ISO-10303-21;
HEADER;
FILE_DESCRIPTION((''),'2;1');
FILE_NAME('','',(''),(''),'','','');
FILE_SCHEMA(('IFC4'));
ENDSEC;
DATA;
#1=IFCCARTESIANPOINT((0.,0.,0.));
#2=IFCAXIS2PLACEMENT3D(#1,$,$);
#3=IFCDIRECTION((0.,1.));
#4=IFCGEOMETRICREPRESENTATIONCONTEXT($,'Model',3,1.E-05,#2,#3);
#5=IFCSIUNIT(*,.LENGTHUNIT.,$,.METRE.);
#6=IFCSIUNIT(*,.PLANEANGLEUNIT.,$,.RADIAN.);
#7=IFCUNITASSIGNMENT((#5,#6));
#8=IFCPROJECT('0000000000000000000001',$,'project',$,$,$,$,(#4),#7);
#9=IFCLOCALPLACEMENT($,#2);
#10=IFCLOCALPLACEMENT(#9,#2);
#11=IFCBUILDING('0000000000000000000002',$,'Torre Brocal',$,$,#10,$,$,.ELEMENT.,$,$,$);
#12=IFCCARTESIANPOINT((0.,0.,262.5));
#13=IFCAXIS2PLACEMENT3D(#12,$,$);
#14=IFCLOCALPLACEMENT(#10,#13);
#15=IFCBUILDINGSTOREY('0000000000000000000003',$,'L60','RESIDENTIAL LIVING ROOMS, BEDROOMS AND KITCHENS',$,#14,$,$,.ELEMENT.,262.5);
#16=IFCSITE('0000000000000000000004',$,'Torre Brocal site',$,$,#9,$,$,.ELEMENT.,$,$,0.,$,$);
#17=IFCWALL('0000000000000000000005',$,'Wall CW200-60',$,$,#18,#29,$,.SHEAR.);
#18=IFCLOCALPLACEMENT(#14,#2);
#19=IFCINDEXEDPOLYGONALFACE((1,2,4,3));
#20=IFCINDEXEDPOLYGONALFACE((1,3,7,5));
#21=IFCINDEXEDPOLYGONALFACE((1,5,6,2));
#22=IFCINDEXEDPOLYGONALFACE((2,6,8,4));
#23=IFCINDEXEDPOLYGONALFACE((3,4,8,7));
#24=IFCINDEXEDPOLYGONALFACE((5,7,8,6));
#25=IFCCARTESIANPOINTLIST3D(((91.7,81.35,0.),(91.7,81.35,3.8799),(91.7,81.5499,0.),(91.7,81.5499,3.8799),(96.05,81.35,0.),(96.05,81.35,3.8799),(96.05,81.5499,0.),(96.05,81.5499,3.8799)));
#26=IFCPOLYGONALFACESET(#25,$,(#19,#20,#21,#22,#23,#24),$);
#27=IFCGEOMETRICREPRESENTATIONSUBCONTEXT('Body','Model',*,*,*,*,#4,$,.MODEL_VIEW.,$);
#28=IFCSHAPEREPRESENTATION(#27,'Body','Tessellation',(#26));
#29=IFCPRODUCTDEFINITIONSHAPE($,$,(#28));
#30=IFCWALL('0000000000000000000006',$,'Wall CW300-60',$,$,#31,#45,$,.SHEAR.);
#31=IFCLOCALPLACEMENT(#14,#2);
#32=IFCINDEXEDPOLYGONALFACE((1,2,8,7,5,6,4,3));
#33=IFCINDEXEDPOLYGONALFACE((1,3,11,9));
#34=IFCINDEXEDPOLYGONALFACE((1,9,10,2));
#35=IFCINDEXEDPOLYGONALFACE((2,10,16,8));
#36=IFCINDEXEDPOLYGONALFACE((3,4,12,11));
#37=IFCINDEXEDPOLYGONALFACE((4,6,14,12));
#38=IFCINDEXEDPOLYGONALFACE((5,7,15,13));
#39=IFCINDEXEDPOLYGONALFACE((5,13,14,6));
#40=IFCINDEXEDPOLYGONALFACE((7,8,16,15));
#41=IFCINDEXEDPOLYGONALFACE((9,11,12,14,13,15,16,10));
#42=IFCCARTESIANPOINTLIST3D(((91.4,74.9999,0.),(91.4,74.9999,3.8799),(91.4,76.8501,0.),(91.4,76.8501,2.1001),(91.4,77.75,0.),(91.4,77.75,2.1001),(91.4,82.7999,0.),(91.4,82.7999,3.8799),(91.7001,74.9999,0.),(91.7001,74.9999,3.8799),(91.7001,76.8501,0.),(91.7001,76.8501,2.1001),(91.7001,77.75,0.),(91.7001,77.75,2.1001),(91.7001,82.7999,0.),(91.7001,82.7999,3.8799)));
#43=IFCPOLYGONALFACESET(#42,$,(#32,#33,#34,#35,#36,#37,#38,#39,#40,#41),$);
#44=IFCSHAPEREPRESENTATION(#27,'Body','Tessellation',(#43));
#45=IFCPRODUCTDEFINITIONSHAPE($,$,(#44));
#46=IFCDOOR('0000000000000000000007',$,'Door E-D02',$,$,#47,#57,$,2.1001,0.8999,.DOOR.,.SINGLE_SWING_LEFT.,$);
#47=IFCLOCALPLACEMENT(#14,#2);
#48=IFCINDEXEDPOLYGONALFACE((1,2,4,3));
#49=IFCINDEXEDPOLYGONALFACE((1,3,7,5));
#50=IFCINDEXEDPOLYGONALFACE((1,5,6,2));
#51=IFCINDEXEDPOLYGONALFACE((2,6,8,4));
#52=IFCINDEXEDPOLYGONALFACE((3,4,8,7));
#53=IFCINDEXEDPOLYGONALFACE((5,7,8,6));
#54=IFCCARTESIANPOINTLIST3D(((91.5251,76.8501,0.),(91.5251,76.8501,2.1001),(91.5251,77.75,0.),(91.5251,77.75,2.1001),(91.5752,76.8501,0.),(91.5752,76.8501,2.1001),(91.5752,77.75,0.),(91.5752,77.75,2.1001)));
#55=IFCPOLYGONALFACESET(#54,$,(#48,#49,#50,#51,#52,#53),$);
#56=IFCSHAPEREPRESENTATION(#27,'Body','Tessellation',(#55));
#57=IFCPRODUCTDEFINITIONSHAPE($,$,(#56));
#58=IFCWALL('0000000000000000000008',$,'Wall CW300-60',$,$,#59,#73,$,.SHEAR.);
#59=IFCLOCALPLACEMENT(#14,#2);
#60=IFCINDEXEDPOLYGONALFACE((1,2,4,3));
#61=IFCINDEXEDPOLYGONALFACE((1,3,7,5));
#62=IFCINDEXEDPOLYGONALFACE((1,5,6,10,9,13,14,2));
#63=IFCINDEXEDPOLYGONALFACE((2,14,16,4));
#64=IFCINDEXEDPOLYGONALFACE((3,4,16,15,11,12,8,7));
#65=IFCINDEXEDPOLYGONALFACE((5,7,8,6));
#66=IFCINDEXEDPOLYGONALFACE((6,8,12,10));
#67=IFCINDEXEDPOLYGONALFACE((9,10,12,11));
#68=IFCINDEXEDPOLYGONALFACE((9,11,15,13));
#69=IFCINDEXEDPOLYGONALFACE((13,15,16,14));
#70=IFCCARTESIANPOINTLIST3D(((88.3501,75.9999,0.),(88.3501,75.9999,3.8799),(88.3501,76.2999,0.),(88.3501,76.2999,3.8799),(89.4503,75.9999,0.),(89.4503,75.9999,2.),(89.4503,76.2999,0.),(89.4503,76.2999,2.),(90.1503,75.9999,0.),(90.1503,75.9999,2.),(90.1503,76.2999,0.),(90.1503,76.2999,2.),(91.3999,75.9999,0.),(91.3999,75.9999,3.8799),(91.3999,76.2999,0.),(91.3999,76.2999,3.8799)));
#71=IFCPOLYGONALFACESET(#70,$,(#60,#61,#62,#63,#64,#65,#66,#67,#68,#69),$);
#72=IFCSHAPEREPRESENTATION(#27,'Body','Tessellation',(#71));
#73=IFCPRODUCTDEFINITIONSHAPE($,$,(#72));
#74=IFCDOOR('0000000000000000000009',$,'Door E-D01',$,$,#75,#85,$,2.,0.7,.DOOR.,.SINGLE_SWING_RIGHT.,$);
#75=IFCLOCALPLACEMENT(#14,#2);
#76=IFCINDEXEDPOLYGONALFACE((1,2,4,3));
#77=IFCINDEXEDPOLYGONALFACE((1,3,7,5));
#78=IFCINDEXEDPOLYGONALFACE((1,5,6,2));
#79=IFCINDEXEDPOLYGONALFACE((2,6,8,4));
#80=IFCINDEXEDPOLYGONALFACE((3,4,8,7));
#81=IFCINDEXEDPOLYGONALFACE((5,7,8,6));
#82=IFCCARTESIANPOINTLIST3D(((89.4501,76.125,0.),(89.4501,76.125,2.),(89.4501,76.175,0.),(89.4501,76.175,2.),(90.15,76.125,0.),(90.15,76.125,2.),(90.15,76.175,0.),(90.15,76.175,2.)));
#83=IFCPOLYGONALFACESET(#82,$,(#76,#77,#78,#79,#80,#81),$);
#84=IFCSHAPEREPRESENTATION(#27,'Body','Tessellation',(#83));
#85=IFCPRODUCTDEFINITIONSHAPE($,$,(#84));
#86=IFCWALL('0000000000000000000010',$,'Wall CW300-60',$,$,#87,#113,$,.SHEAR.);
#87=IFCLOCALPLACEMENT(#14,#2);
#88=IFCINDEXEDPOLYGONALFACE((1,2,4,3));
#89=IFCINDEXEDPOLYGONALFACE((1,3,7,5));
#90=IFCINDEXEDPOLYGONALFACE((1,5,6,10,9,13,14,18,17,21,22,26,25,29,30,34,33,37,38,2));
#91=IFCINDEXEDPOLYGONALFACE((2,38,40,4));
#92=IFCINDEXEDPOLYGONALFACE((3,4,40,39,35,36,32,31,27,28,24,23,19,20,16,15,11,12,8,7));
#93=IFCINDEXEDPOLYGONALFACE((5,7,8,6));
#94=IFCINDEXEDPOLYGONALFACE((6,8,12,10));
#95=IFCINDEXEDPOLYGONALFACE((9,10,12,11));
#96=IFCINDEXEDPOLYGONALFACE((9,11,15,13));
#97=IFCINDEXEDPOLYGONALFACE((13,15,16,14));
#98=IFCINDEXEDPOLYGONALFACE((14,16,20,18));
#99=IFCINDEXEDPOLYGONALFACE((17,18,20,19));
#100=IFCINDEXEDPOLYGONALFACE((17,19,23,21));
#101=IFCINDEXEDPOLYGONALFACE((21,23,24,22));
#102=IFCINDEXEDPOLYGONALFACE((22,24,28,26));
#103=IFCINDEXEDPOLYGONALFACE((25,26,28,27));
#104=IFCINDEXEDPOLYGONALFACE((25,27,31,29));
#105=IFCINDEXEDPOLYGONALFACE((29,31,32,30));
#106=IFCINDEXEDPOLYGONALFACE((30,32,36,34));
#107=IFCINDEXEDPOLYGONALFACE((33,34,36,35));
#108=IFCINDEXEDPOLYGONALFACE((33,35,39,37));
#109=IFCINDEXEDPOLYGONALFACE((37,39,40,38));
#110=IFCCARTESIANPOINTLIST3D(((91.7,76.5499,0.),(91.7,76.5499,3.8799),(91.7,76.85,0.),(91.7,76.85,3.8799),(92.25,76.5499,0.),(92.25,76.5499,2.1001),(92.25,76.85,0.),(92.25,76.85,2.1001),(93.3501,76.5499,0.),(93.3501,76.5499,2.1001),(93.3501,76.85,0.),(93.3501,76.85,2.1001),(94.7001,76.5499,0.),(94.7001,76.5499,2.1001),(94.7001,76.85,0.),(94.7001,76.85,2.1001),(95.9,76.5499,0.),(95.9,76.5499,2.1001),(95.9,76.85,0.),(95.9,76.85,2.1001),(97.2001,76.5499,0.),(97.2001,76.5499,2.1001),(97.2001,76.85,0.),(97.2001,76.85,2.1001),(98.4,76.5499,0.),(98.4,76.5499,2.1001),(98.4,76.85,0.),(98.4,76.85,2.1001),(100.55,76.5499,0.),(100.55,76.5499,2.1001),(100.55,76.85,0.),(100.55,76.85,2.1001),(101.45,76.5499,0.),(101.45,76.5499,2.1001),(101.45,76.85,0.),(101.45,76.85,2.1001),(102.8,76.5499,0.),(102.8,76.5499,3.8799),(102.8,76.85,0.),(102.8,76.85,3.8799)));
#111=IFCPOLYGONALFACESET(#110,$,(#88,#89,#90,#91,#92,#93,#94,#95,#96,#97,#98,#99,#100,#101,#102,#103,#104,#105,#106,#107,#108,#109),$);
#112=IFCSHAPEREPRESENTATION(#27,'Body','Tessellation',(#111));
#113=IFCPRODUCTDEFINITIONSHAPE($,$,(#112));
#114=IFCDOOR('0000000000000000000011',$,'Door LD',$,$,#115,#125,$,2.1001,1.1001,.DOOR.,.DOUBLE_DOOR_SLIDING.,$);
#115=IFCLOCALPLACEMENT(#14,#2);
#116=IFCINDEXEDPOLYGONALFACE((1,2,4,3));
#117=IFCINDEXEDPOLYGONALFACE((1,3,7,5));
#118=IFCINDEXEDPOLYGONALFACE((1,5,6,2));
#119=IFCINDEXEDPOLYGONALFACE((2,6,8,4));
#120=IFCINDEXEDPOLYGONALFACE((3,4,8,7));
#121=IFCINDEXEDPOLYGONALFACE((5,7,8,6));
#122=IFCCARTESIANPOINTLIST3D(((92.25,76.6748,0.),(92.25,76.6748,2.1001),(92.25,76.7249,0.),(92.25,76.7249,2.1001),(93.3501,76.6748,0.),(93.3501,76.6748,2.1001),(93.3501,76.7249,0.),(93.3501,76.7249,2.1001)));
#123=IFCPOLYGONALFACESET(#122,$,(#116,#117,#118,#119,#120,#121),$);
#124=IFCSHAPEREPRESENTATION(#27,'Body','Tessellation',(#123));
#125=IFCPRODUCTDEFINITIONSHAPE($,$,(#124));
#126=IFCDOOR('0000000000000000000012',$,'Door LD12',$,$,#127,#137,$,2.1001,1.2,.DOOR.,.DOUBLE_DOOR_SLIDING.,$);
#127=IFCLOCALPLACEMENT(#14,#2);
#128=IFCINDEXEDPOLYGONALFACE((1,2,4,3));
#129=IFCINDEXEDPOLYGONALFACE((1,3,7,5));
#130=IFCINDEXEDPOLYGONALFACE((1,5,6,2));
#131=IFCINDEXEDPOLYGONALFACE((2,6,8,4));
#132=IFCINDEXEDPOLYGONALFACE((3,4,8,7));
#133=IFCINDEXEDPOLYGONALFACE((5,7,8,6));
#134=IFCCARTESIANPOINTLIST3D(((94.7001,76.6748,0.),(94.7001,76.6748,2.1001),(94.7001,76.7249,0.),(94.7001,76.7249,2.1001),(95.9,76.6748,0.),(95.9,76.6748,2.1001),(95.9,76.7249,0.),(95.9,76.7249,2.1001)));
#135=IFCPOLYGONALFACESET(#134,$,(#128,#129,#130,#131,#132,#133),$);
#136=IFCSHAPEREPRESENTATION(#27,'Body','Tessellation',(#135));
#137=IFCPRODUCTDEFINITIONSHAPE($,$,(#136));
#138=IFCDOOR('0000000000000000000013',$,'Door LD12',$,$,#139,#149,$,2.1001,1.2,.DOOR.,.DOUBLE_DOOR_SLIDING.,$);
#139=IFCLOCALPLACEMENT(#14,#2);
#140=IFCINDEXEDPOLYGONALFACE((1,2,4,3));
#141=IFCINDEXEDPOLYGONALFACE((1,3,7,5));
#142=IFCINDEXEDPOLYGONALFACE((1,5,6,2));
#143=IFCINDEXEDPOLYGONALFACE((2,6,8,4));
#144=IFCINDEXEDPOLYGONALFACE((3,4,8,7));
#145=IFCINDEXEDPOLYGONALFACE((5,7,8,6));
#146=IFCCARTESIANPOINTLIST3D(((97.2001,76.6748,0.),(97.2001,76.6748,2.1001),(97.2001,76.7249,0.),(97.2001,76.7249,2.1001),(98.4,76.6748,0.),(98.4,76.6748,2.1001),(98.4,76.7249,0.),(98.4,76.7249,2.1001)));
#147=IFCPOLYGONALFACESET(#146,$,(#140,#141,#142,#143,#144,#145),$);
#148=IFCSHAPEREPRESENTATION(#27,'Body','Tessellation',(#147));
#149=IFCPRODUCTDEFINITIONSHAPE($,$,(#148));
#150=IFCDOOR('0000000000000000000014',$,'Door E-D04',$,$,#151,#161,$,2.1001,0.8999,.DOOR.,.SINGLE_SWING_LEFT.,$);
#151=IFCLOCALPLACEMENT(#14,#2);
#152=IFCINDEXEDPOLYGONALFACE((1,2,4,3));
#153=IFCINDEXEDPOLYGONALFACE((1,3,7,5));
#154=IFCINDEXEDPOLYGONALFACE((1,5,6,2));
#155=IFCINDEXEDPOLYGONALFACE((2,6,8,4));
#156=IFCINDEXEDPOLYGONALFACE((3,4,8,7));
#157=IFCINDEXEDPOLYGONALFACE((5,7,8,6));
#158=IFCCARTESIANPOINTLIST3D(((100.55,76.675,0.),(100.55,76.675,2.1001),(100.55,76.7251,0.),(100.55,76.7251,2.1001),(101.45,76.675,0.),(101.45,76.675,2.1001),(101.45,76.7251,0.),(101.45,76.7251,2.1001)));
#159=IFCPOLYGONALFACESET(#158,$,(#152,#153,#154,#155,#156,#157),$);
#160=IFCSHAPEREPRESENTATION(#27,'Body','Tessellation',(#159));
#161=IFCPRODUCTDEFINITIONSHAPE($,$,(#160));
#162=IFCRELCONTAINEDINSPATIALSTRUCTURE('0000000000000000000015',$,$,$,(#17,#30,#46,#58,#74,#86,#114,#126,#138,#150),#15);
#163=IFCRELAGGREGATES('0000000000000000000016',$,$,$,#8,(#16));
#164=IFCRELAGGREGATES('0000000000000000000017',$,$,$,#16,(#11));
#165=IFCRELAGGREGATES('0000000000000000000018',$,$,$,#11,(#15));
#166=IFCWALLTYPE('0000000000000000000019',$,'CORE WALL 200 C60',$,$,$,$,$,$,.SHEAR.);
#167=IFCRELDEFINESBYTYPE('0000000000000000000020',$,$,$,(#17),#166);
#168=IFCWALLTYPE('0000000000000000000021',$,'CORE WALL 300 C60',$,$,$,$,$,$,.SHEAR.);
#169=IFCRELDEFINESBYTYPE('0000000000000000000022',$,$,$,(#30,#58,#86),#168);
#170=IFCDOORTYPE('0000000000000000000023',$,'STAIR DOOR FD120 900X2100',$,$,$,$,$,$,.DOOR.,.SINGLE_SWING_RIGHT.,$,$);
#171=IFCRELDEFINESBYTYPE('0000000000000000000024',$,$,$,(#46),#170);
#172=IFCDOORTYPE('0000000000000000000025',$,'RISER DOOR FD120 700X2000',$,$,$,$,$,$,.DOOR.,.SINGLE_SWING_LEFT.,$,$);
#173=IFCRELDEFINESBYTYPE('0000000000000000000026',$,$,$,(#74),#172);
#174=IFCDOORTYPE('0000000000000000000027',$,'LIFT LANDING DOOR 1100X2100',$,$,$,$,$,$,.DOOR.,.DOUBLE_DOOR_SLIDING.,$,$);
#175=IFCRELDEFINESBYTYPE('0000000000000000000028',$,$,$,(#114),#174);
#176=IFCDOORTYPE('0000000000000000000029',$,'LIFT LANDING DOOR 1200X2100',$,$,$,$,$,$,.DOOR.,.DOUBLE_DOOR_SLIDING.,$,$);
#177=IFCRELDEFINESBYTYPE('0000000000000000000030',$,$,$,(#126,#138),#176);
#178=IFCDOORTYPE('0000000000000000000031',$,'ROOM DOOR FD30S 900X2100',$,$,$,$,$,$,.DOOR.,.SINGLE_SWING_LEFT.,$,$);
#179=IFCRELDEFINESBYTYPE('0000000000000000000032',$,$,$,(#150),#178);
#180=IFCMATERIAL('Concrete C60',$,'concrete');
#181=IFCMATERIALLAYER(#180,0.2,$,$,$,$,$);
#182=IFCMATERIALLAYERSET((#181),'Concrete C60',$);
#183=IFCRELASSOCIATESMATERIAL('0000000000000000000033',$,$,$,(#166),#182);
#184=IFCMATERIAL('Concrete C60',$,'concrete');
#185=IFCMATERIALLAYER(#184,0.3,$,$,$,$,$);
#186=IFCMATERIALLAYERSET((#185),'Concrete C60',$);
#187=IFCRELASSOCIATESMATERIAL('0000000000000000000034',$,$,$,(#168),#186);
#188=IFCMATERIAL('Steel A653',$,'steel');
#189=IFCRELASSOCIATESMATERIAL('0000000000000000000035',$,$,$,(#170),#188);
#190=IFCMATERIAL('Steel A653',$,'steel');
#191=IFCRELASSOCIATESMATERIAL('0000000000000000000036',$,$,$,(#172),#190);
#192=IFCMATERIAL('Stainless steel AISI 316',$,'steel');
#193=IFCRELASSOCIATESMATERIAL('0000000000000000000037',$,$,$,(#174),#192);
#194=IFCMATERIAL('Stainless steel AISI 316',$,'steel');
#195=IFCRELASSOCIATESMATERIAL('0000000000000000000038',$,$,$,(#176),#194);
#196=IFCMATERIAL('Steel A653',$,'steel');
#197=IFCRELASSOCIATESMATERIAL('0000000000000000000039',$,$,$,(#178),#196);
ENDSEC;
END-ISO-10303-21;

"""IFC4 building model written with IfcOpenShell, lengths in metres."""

from ifc_helpers import new_model, si_unit, direction, frame, frame_2d, origin, place, context, subcontext, project, spatial, rectangle, extrude, material, layer, layer_set, type_object, element, fill, save


model = new_model("IFC4")

# Units and contexts
model_context = context("Model", 3, precision=1e-05, world=origin(), true_north=direction((0.0, 1.0)))
body_context = subcontext(model_context, "Body", "Model", "MODEL_VIEW")
ifc_project = project(units=[si_unit("LENGTHUNIT", "METRE"), si_unit("PLANEANGLEUNIT", "RADIAN")], contexts=[model_context])

# Site, building, storey
site_placement = place(None, origin())
site = spatial("IfcSite", under=ifc_project, at=site_placement, Name="Torre Brocal site", CompositionType="ELEMENT", RefElevation=0.0)
building_placement = place(site_placement, origin())
building = spatial("IfcBuilding", under=site, at=building_placement, Name="Torre Brocal", CompositionType="ELEMENT")
storey_placement = place(building_placement, frame((0.0, 0.0, 262.5)))
storey = spatial("IfcBuildingStorey", under=building, at=storey_placement, Name="L60", Description="RESIDENTIAL LIVING ROOMS, BEDROOMS AND KITCHENS", CompositionType="ELEMENT", Elevation=262.5)

# Wall
ifc_material_1 = material(Name="Concrete C60", Category="concrete")
ifc_layer_1 = layer(ifc_material_1, 0.2)
ifc_layer_set_1 = layer_set([ifc_layer_1], Name="Concrete C60")
wall_type_1 = type_object("IfcWallType", Name="CORE WALL 200 C60", PredefinedType="SHEAR", material=ifc_layer_set_1)
wall_1_placement = place(storey_placement, frame((91.7, 81.45, 0.0), z_axis=(0.0, 0.0, 1.0), x_axis=(1.0, 0.0, 0.0)))
element("IfcWall", 1, at=wall_1_placement, inside=storey, type_object=wall_type_1, Name="Wall CW200-60", PredefinedType="SHEAR", context=body_context, shape_type="SweptSolid", body=[
    extrude(rectangle(XDim=4.3501, YDim=0.2, at=frame_2d((2.175, 0.0))), origin(), (0.0, 0.0, 1.0), 3.8799),
])

# Walls, openings, doors
ifc_material_2 = material(Name="Concrete C60", Category="concrete")
ifc_layer_2 = layer(ifc_material_2, 0.3)
ifc_layer_set_2 = layer_set([ifc_layer_2], Name="Concrete C60")
wall_type_2 = type_object("IfcWallType", Name="CORE WALL 300 C60", PredefinedType="SHEAR", material=ifc_layer_set_2)
wall_2_placement = place(storey_placement, frame((91.55, 75.0, 0.0), z_axis=(0.0, 0.0, 1.0), x_axis=(0.0, 1.0, 0.0)))
wall_2 = element("IfcWall", 2, at=wall_2_placement, inside=storey, type_object=wall_type_2, Name="Wall CW300-60", PredefinedType="SHEAR", context=body_context, shape_type="SweptSolid", body=[
    extrude(rectangle(XDim=7.8, YDim=0.3, at=frame_2d((3.8999, 0.0))), origin(), (0.0, 0.0, 1.0), 3.8799),
])
opening_1_placement = place(wall_2_placement, frame((1.8501, 0.0, 0.0)))
opening_1 = element("IfcOpeningElement", 3, at=opening_1_placement, cuts=wall_2, PredefinedType="OPENING", context=body_context, shape_type="SweptSolid", body=[
    extrude(rectangle(XDim=0.8999, YDim=2.1001, at=frame_2d((0.45, 1.05))), frame((0.0, 0.1599, 0.0), z_axis=(0.0, -1.0, 0.0), x_axis=(1.0, 0.0, 0.0)), (0.0, 0.0, 1.0), 0.3201),
])
ifc_material_3 = material(Name="Steel A653", Category="steel")
door_type_1 = type_object("IfcDoorType", Name="STAIR DOOR FD120 900X2100", OperationType="SINGLE_SWING_RIGHT", PredefinedType="DOOR", material=ifc_material_3)
door_1_placement = place(opening_1_placement, origin())
door_1 = element("IfcDoor", 4, at=door_1_placement, inside=storey, type_object=door_type_1, Name="Door E-D02", OperationType="SINGLE_SWING_LEFT", OverallHeight=2.1001, OverallWidth=0.8999, PredefinedType="DOOR", context=body_context, shape_type="SweptSolid", body=[
    extrude(rectangle(XDim=0.8999, YDim=2.1001, at=frame_2d((0.45, 1.05))), frame((0.0, 0.0249, 0.0), z_axis=(0.0, -1.0, 0.0), x_axis=(1.0, 0.0, 0.0)), (0.0, 0.0, 1.0), 0.05),
])
fill(opening_1, door_1)
wall_3_placement = place(storey_placement, frame((88.3501, 76.1499, 0.0), z_axis=(0.0, 0.0, 1.0), x_axis=(1.0, 0.0, 0.0)))
wall_3 = element("IfcWall", 5, at=wall_3_placement, inside=storey, type_object=wall_type_2, Name="Wall CW300-60", PredefinedType="SHEAR", context=body_context, shape_type="SweptSolid", body=[
    extrude(rectangle(XDim=3.0498, YDim=0.3, at=frame_2d((1.5249, 0.0))), origin(), (0.0, 0.0, 1.0), 3.8799),
])
opening_2_placement = place(wall_3_placement, frame((1.1001, 0.0, 0.0)))
opening_2 = element("IfcOpeningElement", 6, at=opening_2_placement, cuts=wall_3, PredefinedType="OPENING", context=body_context, shape_type="SweptSolid", body=[
    extrude(rectangle(XDim=0.7, YDim=2.0, at=frame_2d((0.3501, 1.0))), frame((0.0, 0.1599, 0.0), z_axis=(0.0, -1.0, 0.0), x_axis=(1.0, 0.0, 0.0)), (0.0, 0.0, 1.0), 0.3201),
])
ifc_material_4 = material(Name="Steel A653", Category="steel")
door_type_2 = type_object("IfcDoorType", Name="RISER DOOR FD120 700X2000", OperationType="SINGLE_SWING_LEFT", PredefinedType="DOOR", material=ifc_material_4)
door_2_placement = place(opening_2_placement, frame((0.7, 0.0, 0.0), z_axis=(0.0, 0.0, 1.0), x_axis=(-1.0, 0.0, 0.0)))
door_2 = element("IfcDoor", 7, at=door_2_placement, inside=storey, type_object=door_type_2, Name="Door E-D01", OperationType="SINGLE_SWING_RIGHT", OverallHeight=2.0, OverallWidth=0.7, PredefinedType="DOOR", context=body_context, shape_type="SweptSolid", body=[
    extrude(rectangle(XDim=0.7, YDim=2.0, at=frame_2d((0.3501, 1.0))), frame((0.0, 0.0249, 0.0), z_axis=(0.0, -1.0, 0.0), x_axis=(1.0, 0.0, 0.0)), (0.0, 0.0, 1.0), 0.05),
])
fill(opening_2, door_2)

# Wall, openings, doors
wall_4_placement = place(storey_placement, frame((91.7, 76.7, 0.0), z_axis=(0.0, 0.0, 1.0), x_axis=(1.0, 0.0, 0.0)))
wall_4 = element("IfcWall", 8, at=wall_4_placement, inside=storey, type_object=wall_type_2, Name="Wall CW300-60", PredefinedType="SHEAR", context=body_context, shape_type="SweptSolid", body=[
    extrude(rectangle(XDim=11.1001, YDim=0.3, at=frame_2d((5.55, 0.0))), origin(), (0.0, 0.0, 1.0), 3.8799),
])
opening_3_placement = place(wall_4_placement, frame((0.55, 0.0, 0.0)))
opening_3 = element("IfcOpeningElement", 9, at=opening_3_placement, cuts=wall_4, PredefinedType="OPENING", context=body_context, shape_type="SweptSolid", body=[
    extrude(rectangle(XDim=1.1001, YDim=2.1001, at=frame_2d((0.55, 1.05))), frame((0.0, 0.1599, 0.0), z_axis=(0.0, -1.0, 0.0), x_axis=(1.0, 0.0, 0.0)), (0.0, 0.0, 1.0), 0.3201),
])
opening_4_placement = place(wall_4_placement, frame((3.0, 0.0, 0.0)))
opening_4 = element("IfcOpeningElement", 10, at=opening_4_placement, cuts=wall_4, PredefinedType="OPENING", context=body_context, shape_type="SweptSolid", body=[
    extrude(rectangle(XDim=1.2, YDim=2.1001, at=frame_2d((0.6001, 1.05))), frame((0.0, 0.1599, 0.0), z_axis=(0.0, -1.0, 0.0), x_axis=(1.0, 0.0, 0.0)), (0.0, 0.0, 1.0), 0.3201),
])
opening_5_placement = place(wall_4_placement, frame((5.5, 0.0, 0.0)))
opening_5 = element("IfcOpeningElement", 11, at=opening_5_placement, cuts=wall_4, PredefinedType="OPENING", context=body_context, shape_type="SweptSolid", body=[
    extrude(rectangle(XDim=1.2, YDim=2.1001, at=frame_2d((0.6001, 1.05))), frame((0.0, 0.1599, 0.0), z_axis=(0.0, -1.0, 0.0), x_axis=(1.0, 0.0, 0.0)), (0.0, 0.0, 1.0), 0.3201),
])
opening_6_placement = place(wall_4_placement, frame((8.8501, 0.0, 0.0)))
opening_6 = element("IfcOpeningElement", 12, at=opening_6_placement, cuts=wall_4, PredefinedType="OPENING", context=body_context, shape_type="SweptSolid", body=[
    extrude(rectangle(XDim=0.8999, YDim=2.1001, at=frame_2d((0.45, 1.05))), frame((0.0, 0.1599, 0.0), z_axis=(0.0, -1.0, 0.0), x_axis=(1.0, 0.0, 0.0)), (0.0, 0.0, 1.0), 0.3201),
])
ifc_material_5 = material(Name="Stainless steel AISI 316", Category="steel")
door_type_3 = type_object("IfcDoorType", Name="LIFT LANDING DOOR 1100X2100", OperationType="DOUBLE_DOOR_SLIDING", PredefinedType="DOOR", material=ifc_material_5)
door_3_placement = place(opening_3_placement, origin())
door_3 = element("IfcDoor", 13, at=door_3_placement, inside=storey, type_object=door_type_3, Name="Door LD", OperationType="DOUBLE_DOOR_SLIDING", OverallHeight=2.1001, OverallWidth=1.1001, PredefinedType="DOOR", context=body_context, shape_type="SweptSolid", body=[
    extrude(rectangle(XDim=1.1001, YDim=2.1001, at=frame_2d((0.55, 1.05))), frame((0.0, 0.0249, 0.0), z_axis=(0.0, -1.0, 0.0), x_axis=(1.0, 0.0, 0.0)), (0.0, 0.0, 1.0), 0.05),
])
fill(opening_3, door_3)
ifc_material_6 = material(Name="Stainless steel AISI 316", Category="steel")
door_type_4 = type_object("IfcDoorType", Name="LIFT LANDING DOOR 1200X2100", OperationType="DOUBLE_DOOR_SLIDING", PredefinedType="DOOR", material=ifc_material_6)
door_4_placement = place(opening_4_placement, origin())
door_4 = element("IfcDoor", 14, at=door_4_placement, inside=storey, type_object=door_type_4, Name="Door LD12", OperationType="DOUBLE_DOOR_SLIDING", OverallHeight=2.1001, OverallWidth=1.2, PredefinedType="DOOR", context=body_context, shape_type="SweptSolid", body=[
    extrude(rectangle(XDim=1.2, YDim=2.1001, at=frame_2d((0.6001, 1.05))), frame((0.0, 0.0249, 0.0), z_axis=(0.0, -1.0, 0.0), x_axis=(1.0, 0.0, 0.0)), (0.0, 0.0, 1.0), 0.05),
])
fill(opening_4, door_4)
door_5_placement = place(opening_5_placement, origin())
door_5 = element("IfcDoor", 15, at=door_5_placement, inside=storey, type_object=door_type_4, Name="Door LD12", OperationType="DOUBLE_DOOR_SLIDING", OverallHeight=2.1001, OverallWidth=1.2, PredefinedType="DOOR", context=body_context, shape_type="SweptSolid", body=[
    extrude(rectangle(XDim=1.2, YDim=2.1001, at=frame_2d((0.6001, 1.05))), frame((0.0, 0.0249, 0.0), z_axis=(0.0, -1.0, 0.0), x_axis=(1.0, 0.0, 0.0)), (0.0, 0.0, 1.0), 0.05),
])
fill(opening_5, door_5)
ifc_material_7 = material(Name="Steel A653", Category="steel")
door_type_5 = type_object("IfcDoorType", Name="ROOM DOOR FD30S 900X2100", OperationType="SINGLE_SWING_LEFT", PredefinedType="DOOR", material=ifc_material_7)
door_6_placement = place(opening_6_placement, frame((0.8999, 0.0, 0.0), z_axis=(0.0, 0.0, 1.0), x_axis=(-1.0, 0.0, 0.0)))
door_6 = element("IfcDoor", 16, at=door_6_placement, inside=storey, type_object=door_type_5, Name="Door E-D04", OperationType="SINGLE_SWING_LEFT", OverallHeight=2.1001, OverallWidth=0.8999, PredefinedType="DOOR", context=body_context, shape_type="SweptSolid", body=[
    extrude(rectangle(XDim=0.8999, YDim=2.1001, at=frame_2d((0.45, 1.05))), frame((0.0, 0.0249, 0.0), z_axis=(0.0, -1.0, 0.0), x_axis=(1.0, 0.0, 0.0)), (0.0, 0.0, 1.0), 0.05),
])
fill(opening_6, door_6)

save(model, "model.ifc")
